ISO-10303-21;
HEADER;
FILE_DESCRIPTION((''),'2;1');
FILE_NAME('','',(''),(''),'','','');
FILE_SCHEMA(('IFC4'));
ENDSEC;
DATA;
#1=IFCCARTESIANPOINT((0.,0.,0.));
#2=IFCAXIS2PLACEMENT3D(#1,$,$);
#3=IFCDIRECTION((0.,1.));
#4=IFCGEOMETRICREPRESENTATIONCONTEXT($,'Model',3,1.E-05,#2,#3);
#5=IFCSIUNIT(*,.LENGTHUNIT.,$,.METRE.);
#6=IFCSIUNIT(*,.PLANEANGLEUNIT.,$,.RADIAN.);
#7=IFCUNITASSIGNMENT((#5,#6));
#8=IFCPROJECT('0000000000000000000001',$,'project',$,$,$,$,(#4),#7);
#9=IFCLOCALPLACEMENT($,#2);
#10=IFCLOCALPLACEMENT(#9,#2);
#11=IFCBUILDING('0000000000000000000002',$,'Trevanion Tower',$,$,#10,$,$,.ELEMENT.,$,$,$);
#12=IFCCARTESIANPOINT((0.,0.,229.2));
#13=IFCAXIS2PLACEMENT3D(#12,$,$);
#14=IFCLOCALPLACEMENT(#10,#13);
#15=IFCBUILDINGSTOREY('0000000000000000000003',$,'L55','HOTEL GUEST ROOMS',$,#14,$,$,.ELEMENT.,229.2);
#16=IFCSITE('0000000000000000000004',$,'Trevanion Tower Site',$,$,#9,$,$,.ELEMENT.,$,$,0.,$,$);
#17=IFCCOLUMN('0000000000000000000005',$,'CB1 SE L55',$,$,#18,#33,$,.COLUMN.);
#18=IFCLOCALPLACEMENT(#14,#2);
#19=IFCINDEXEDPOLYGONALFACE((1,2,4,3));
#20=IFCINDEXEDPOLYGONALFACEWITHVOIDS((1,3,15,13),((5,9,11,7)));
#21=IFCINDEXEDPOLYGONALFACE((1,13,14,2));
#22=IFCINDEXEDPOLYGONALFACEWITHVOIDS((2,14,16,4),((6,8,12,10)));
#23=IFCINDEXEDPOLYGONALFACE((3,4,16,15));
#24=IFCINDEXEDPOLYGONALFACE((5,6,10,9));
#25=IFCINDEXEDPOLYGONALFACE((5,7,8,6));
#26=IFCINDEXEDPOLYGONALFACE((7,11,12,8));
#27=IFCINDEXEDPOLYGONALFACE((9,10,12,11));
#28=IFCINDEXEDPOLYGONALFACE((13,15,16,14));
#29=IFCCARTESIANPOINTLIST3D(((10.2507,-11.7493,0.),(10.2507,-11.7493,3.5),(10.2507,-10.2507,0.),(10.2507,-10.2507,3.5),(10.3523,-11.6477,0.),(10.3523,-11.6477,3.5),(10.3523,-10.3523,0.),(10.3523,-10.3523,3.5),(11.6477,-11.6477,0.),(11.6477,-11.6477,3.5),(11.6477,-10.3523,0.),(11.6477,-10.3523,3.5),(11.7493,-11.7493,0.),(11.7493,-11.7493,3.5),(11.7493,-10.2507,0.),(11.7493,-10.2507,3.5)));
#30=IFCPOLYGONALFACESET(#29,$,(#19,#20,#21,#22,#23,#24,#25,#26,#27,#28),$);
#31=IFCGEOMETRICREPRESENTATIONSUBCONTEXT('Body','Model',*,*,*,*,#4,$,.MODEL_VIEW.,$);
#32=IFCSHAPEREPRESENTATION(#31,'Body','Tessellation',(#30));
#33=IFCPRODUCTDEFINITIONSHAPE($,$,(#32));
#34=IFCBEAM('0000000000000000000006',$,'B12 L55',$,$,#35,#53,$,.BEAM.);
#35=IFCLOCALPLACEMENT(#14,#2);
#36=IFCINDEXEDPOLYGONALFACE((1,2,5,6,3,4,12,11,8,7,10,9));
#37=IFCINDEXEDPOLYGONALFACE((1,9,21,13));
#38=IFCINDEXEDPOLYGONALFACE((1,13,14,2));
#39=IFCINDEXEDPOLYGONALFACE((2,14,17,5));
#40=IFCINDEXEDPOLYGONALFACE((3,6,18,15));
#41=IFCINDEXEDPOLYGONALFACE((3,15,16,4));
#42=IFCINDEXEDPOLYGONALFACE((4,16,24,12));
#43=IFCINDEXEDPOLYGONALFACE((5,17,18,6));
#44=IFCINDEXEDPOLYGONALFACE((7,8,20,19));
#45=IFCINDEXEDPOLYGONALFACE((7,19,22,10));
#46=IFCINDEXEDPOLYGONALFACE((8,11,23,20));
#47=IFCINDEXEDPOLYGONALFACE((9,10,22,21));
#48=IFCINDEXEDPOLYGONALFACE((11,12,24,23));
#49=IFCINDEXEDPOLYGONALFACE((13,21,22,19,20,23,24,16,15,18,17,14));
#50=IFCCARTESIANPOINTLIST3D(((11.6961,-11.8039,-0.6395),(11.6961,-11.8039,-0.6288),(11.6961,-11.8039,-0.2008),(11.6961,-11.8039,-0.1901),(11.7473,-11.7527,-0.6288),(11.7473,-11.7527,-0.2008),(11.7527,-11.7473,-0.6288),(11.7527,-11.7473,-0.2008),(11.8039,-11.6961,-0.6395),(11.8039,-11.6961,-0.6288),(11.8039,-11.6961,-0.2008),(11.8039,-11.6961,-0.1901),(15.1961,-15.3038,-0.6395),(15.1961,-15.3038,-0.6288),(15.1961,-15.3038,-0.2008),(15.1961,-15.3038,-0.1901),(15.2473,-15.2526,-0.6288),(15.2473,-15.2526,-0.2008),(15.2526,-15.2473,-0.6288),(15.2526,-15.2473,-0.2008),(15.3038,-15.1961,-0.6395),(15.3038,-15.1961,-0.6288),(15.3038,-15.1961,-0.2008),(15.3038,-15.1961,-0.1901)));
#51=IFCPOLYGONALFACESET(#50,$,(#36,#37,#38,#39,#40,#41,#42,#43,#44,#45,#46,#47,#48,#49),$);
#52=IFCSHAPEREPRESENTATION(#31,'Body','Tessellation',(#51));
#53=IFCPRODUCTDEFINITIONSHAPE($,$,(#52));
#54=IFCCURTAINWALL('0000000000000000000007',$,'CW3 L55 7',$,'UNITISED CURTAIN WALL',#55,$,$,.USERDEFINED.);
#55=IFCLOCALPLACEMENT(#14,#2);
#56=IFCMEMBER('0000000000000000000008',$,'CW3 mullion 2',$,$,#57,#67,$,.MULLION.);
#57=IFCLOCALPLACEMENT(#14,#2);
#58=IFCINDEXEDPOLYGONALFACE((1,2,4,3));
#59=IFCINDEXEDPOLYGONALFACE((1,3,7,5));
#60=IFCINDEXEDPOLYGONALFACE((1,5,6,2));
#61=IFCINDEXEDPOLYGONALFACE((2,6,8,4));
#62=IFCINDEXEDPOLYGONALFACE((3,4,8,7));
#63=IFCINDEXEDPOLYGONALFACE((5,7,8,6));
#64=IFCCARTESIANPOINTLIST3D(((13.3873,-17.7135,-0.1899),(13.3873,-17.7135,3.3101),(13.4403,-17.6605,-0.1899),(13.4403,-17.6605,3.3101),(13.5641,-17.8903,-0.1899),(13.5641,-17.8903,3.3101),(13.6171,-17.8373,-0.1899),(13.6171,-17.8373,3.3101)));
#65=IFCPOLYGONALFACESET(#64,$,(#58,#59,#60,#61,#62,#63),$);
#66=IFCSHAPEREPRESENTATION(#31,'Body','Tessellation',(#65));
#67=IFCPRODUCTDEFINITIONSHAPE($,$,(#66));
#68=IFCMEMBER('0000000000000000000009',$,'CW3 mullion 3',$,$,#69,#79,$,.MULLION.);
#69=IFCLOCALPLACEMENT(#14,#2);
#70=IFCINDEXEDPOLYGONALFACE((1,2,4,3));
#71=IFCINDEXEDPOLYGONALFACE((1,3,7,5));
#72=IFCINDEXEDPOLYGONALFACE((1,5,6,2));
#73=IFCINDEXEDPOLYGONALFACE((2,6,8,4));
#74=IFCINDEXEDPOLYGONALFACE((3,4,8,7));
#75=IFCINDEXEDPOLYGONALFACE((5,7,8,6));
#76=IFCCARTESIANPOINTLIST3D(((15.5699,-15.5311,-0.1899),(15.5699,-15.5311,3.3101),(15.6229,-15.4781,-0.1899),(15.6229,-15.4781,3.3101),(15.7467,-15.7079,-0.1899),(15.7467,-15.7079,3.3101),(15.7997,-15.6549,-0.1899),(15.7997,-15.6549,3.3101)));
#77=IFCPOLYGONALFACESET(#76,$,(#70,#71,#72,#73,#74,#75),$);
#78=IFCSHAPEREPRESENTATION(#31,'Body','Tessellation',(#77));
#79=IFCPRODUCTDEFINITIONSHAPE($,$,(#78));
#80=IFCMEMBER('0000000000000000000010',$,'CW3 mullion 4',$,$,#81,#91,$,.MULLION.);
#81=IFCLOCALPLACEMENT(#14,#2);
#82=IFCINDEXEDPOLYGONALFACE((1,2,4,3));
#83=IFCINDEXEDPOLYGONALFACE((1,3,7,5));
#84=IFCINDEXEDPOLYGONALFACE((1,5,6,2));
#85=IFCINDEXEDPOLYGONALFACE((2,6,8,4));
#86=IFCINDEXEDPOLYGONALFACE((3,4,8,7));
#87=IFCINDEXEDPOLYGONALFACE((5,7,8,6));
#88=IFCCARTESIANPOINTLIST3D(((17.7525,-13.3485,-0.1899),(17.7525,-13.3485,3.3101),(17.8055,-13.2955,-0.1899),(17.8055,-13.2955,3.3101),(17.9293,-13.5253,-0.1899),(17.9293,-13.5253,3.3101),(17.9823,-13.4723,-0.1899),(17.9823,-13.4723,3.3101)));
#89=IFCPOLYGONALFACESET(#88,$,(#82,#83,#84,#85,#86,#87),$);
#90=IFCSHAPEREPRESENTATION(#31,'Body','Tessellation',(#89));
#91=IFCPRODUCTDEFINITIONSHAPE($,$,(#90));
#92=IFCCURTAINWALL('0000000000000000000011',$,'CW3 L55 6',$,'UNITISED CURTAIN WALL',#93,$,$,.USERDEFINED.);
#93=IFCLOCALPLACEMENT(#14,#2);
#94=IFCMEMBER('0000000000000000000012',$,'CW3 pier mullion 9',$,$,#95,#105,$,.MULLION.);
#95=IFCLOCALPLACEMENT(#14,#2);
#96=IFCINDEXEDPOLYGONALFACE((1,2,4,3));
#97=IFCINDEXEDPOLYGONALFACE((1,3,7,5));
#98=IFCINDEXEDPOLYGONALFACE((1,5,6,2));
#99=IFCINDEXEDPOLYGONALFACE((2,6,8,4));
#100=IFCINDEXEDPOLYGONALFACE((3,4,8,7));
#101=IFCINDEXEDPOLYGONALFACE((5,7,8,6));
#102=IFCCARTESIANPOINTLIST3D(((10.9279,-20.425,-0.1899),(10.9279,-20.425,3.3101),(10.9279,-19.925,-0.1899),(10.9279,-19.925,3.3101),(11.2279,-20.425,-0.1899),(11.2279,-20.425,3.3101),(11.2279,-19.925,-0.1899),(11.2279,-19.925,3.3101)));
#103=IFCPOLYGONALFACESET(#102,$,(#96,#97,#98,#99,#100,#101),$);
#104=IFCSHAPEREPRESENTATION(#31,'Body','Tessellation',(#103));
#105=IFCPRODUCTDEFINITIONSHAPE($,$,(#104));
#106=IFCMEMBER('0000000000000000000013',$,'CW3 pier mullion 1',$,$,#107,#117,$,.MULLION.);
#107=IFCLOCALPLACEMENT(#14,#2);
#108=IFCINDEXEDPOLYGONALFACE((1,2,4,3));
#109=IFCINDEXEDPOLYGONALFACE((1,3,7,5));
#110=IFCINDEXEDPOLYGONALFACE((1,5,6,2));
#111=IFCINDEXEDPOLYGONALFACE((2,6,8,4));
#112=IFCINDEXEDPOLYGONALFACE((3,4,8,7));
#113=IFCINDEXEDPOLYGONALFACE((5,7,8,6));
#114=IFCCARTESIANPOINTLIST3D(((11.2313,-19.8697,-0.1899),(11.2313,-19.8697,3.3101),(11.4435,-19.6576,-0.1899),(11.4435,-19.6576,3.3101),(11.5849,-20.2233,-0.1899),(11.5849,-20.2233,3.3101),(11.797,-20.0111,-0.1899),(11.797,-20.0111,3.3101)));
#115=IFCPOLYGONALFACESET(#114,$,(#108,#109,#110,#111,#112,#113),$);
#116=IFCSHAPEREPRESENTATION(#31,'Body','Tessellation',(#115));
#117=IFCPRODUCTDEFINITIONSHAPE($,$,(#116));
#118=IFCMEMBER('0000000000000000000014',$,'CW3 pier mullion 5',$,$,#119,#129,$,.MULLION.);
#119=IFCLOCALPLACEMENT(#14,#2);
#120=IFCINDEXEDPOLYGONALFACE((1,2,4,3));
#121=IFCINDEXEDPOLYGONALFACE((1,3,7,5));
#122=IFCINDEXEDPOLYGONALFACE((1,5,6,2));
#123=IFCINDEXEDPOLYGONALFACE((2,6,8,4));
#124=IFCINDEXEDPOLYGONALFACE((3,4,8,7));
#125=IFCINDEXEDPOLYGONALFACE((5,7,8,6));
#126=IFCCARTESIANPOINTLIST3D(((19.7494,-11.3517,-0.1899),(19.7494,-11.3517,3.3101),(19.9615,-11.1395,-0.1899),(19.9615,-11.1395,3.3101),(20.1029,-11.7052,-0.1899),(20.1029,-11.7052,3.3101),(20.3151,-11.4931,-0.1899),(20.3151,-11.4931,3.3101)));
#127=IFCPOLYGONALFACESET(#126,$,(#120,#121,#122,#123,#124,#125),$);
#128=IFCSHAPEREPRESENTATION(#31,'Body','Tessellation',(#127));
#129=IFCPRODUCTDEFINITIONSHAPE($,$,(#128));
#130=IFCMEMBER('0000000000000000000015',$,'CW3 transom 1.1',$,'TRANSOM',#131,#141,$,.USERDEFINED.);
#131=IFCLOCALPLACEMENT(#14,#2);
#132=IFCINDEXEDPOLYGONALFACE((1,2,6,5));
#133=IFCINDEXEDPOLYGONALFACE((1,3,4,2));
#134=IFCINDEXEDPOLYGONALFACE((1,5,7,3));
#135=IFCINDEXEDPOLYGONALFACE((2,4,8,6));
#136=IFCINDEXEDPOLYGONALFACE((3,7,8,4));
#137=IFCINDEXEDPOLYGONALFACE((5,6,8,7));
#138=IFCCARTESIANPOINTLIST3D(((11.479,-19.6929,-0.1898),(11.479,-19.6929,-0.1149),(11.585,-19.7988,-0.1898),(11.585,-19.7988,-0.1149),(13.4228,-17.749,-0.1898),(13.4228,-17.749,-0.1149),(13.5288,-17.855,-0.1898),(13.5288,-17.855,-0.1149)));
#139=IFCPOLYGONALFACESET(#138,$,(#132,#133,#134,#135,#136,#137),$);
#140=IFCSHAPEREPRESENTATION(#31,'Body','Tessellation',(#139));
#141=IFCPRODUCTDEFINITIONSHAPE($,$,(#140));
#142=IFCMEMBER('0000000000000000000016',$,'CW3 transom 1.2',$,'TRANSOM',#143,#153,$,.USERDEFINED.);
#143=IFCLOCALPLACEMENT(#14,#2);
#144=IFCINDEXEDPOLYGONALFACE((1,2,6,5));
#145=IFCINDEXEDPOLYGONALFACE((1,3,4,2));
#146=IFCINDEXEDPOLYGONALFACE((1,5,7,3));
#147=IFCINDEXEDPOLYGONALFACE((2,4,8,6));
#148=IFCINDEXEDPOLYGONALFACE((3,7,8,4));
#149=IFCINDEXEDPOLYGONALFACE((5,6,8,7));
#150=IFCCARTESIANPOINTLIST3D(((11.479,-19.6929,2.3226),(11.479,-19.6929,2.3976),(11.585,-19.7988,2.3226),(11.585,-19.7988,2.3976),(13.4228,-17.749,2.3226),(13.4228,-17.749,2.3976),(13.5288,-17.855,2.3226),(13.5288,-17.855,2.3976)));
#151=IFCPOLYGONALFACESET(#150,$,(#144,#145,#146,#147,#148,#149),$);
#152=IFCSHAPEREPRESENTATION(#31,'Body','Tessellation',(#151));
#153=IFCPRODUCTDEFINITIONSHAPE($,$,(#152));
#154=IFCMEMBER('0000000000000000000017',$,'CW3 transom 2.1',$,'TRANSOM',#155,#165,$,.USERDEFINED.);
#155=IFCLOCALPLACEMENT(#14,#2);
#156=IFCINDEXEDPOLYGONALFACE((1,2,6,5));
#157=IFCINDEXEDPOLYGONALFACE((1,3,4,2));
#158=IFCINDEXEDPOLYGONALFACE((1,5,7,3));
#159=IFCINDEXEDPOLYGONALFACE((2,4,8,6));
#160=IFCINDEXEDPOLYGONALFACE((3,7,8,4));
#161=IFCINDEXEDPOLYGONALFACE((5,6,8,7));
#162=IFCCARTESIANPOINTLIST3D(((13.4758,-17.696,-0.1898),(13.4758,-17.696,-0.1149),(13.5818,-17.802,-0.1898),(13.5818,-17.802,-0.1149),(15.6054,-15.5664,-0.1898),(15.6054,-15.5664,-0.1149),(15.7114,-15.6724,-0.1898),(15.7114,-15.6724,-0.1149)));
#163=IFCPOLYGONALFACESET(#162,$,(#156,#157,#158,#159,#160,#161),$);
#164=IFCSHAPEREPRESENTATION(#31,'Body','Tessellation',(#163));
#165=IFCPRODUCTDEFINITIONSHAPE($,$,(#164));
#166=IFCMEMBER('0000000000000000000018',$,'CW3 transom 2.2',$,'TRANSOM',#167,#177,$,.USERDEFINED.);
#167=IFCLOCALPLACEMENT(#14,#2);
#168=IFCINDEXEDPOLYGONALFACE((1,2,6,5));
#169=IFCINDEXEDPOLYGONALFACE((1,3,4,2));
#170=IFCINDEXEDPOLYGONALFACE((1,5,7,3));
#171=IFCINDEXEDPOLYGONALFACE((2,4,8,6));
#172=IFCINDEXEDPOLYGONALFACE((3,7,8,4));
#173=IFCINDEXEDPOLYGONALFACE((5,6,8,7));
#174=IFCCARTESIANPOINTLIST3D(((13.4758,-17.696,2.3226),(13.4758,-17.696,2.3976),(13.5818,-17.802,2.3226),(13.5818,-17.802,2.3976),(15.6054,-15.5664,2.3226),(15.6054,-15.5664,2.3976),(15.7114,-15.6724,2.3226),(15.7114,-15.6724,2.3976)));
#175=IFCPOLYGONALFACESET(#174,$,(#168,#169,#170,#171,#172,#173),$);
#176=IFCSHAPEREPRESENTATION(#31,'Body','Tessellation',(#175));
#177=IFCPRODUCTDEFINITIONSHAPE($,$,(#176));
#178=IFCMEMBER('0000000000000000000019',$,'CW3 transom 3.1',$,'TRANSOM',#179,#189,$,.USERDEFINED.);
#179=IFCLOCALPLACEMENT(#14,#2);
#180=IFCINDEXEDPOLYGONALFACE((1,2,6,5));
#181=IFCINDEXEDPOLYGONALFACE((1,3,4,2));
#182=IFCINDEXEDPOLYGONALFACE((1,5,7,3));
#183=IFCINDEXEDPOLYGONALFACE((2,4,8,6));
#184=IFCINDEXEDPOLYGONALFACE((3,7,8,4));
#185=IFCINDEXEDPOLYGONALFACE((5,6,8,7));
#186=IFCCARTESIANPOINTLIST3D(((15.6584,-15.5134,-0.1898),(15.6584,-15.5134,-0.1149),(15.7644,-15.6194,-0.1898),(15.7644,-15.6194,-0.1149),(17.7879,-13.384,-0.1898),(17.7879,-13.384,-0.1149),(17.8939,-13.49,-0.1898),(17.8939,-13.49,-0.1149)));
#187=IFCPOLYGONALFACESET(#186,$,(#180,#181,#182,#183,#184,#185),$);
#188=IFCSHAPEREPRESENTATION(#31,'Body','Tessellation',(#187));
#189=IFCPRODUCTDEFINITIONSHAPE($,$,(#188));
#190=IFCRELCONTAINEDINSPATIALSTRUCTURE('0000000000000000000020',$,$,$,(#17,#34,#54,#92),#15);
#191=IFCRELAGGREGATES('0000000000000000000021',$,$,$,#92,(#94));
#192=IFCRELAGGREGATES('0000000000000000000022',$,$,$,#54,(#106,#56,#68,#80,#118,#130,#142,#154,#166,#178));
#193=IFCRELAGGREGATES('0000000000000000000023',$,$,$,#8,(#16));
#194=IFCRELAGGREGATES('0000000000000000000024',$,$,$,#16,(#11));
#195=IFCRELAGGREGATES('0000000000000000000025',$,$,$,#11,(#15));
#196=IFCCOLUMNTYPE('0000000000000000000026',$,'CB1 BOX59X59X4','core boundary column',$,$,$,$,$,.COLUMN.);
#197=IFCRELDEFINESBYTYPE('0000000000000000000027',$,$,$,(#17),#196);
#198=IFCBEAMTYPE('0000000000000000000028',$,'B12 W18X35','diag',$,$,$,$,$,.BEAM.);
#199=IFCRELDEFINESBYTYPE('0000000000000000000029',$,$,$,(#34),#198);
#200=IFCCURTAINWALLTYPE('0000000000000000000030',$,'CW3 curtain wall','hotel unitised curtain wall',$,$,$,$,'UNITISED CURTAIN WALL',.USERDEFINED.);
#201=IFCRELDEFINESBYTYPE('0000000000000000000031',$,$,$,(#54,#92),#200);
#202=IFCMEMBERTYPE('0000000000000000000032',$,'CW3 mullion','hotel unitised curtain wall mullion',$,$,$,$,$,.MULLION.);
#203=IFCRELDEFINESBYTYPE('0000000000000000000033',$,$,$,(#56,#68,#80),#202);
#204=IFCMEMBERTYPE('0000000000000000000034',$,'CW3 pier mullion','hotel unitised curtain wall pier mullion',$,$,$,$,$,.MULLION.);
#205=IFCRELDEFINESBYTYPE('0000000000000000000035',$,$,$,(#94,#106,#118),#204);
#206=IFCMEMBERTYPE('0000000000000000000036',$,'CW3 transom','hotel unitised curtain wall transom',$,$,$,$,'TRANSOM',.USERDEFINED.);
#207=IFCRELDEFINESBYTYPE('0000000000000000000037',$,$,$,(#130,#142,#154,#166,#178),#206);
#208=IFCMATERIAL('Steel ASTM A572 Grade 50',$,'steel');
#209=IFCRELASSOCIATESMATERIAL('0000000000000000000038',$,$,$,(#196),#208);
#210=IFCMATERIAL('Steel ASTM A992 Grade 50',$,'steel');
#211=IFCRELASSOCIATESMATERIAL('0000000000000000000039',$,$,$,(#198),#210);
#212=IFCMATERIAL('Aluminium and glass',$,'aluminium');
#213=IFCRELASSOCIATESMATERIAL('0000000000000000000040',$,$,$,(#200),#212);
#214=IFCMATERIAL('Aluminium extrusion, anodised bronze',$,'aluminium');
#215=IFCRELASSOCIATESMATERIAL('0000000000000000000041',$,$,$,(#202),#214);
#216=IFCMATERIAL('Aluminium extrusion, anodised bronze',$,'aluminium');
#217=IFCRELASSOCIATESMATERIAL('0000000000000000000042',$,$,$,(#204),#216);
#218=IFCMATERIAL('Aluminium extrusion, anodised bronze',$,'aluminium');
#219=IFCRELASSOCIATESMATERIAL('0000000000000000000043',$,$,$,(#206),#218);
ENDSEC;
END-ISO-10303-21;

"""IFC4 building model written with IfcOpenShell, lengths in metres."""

from ifc_helpers import new_model, si_unit, direction, frame, origin, origin_2d, place, context, subcontext, project, spatial, rectangle, hollow_rectangle, i_section, extrude, material, material_profile, profile_set, type_object, element, aggregate, save


model = new_model("IFC4")

# Units and contexts
model_context = context("Model", 3, precision=1e-05, world=origin(), true_north=direction((0.0, 1.0)))
body_context = subcontext(model_context, "Body", "Model", "MODEL_VIEW")
ifc_project = project(units=[si_unit("LENGTHUNIT", "METRE"), si_unit("PLANEANGLEUNIT", "RADIAN")], contexts=[model_context])

# Site, building, storey
site_placement = place(None, origin())
site = spatial("IfcSite", under=ifc_project, at=site_placement, Name="Trevanion Tower Site", CompositionType="ELEMENT", RefElevation=0.0)
building_placement = place(site_placement, origin())
building = spatial("IfcBuilding", under=site, at=building_placement, Name="Trevanion Tower", CompositionType="ELEMENT")
storey_placement = place(building_placement, frame((0.0, 0.0, 229.2)))
storey = spatial("IfcBuildingStorey", under=building, at=storey_placement, Name="L55", Description="HOTEL GUEST ROOMS", CompositionType="ELEMENT", Elevation=229.2)

# Column
ifc_material_1 = material(Name="Steel ASTM A572 Grade 50", Category="steel")
ifc_material_profile_1 = material_profile(ifc_material_1, hollow_rectangle(XDim=1.4985, YDim=1.4985, WallThickness=0.1016, at=origin_2d()), Name="BOX59X59X4")
ifc_profile_set_1 = profile_set([ifc_material_profile_1], Name="Steel ASTM A572 Grade 50")
column_type = type_object("IfcColumnType", Name="CB1 BOX59X59X4", Description="core boundary column", PredefinedType="COLUMN", material=ifc_profile_set_1)
column_placement = place(storey_placement, frame((11.0, -11.0, 0.0), z_axis=(0.0, 0.0, 1.0), x_axis=(1.0, 0.0, 0.0)))
element("IfcColumn", 1, at=column_placement, inside=storey, type_object=column_type, Name="CB1 SE L55", PredefinedType="COLUMN", context=body_context, shape_type="SweptSolid", body=[
    extrude(hollow_rectangle(XDim=1.4985, YDim=1.4985, WallThickness=0.1016, at=origin_2d()), origin(), (0.0, 0.0, 1.0), 3.5),
])

# Beam
ifc_material_2 = material(Name="Steel ASTM A992 Grade 50", Category="steel")
ifc_material_profile_2 = material_profile(ifc_material_2, i_section(OverallWidth=0.1523, OverallDepth=0.4495, WebThickness=0.0076, FlangeThickness=0.0107, at=origin_2d()), Name="W18X35")
ifc_profile_set_2 = profile_set([ifc_material_profile_2], Name="Steel ASTM A992 Grade 50")
beam_type_1 = type_object("IfcBeamType", Name="B12 W18X35", Description="diag", PredefinedType="BEAM", material=ifc_profile_set_2)
beam_1_placement = place(storey_placement, frame((11.75, -11.75, -0.4148), z_axis=(0.707107, -0.707107, 0.0), x_axis=(0.707107, 0.707107, 0.0)))
element("IfcBeam", 2, at=beam_1_placement, inside=storey, type_object=beam_type_1, Name="B12 L55", PredefinedType="BEAM", context=body_context, shape_type="SweptSolid", body=[
    extrude(i_section(OverallWidth=0.1523, OverallDepth=0.4495, WebThickness=0.0076, FlangeThickness=0.0107, at=origin_2d()), origin(), (0.0, 0.0, 1.0), 4.9497),
])

# Curtain wall, members
ifc_material_3 = material(Name="Aluminium and glass", Category="aluminium")
curtain_wall_type = type_object("IfcCurtainWallType", Name="CW3 curtain wall", Description="hotel unitised curtain wall", ElementType="UNITISED CURTAIN WALL", PredefinedType="USERDEFINED", material=ifc_material_3)
curtain_wall_1_placement = place(storey_placement, origin())
curtain_wall_1 = element("IfcCurtainWall", 3, at=curtain_wall_1_placement, inside=storey, type_object=curtain_wall_type, Name="CW3 L55 7", ObjectType="UNITISED CURTAIN WALL", PredefinedType="USERDEFINED")
ifc_material_4 = material(Name="Aluminium extrusion, anodised bronze", Category="aluminium")
ifc_material_profile_3 = material_profile(ifc_material_4, rectangle(XDim=0.075, YDim=0.25, at=origin_2d()), Name="CW3 mullion")
ifc_profile_set_3 = profile_set([ifc_material_profile_3], Name="Aluminium extrusion, anodised bronze")
member_type_1 = type_object("IfcMemberType", Name="CW3 mullion", Description="hotel unitised curtain wall mullion", PredefinedType="MULLION", material=ifc_profile_set_3)
member_1_placement = place(storey_placement, frame((13.5022, -17.7754, -0.1899), z_axis=(0.0, 0.0, 1.0), x_axis=(0.707107, 0.707107, 0.0)))
member_1 = element("IfcMember", 4, at=member_1_placement, type_object=member_type_1, Name="CW3 mullion 2", PredefinedType="MULLION", context=body_context, shape_type="SweptSolid", body=[
    extrude(rectangle(XDim=0.075, YDim=0.25, at=origin_2d()), origin(), (0.0, 0.0, 1.0), 3.5),
])
member_2_placement = place(storey_placement, frame((15.6848, -15.593, -0.1899), z_axis=(0.0, 0.0, 1.0), x_axis=(0.707107, 0.707107, 0.0)))
member_2 = element("IfcMember", 5, at=member_2_placement, type_object=member_type_1, Name="CW3 mullion 3", PredefinedType="MULLION", context=body_context, shape_type="SweptSolid", body=[
    extrude(rectangle(XDim=0.075, YDim=0.25, at=origin_2d()), origin(), (0.0, 0.0, 1.0), 3.5),
])
member_3_placement = place(storey_placement, frame((17.8674, -13.4104, -0.1899), z_axis=(0.0, 0.0, 1.0), x_axis=(0.707107, 0.707107, 0.0)))
member_3 = element("IfcMember", 6, at=member_3_placement, type_object=member_type_1, Name="CW3 mullion 4", PredefinedType="MULLION", context=body_context, shape_type="SweptSolid", body=[
    extrude(rectangle(XDim=0.075, YDim=0.25, at=origin_2d()), origin(), (0.0, 0.0, 1.0), 3.5),
])

# Curtain wall, member
curtain_wall_2_placement = place(storey_placement, origin())
curtain_wall_2 = element("IfcCurtainWall", 7, at=curtain_wall_2_placement, inside=storey, type_object=curtain_wall_type, Name="CW3 L55 6", ObjectType="UNITISED CURTAIN WALL", PredefinedType="USERDEFINED")
ifc_material_5 = material(Name="Aluminium extrusion, anodised bronze", Category="aluminium")
ifc_material_profile_4 = material_profile(ifc_material_5, rectangle(XDim=0.3, YDim=0.5, at=origin_2d()), Name="CW3 pier mullion")
ifc_profile_set_4 = profile_set([ifc_material_profile_4], Name="Aluminium extrusion, anodised bronze")
member_type_2 = type_object("IfcMemberType", Name="CW3 pier mullion", Description="hotel unitised curtain wall pier mullion", PredefinedType="MULLION", material=ifc_profile_set_4)
member_4_placement = place(storey_placement, frame((11.0779, -20.175, -0.1899), z_axis=(0.0, 0.0, 1.0), x_axis=(1.0, 0.0, 0.0)))
member_4 = element("IfcMember", 8, at=member_4_placement, type_object=member_type_2, Name="CW3 pier mullion 9", PredefinedType="MULLION", context=body_context, shape_type="SweptSolid", body=[
    extrude(rectangle(XDim=0.3, YDim=0.5, at=origin_2d()), origin(), (0.0, 0.0, 1.0), 3.5),
])
aggregate(curtain_wall_2, [member_4])

# Members
member_5_placement = place(storey_placement, frame((11.5142, -19.9404, -0.1899), z_axis=(0.0, 0.0, 1.0), x_axis=(0.707107, 0.707107, 0.0)))
member_5 = element("IfcMember", 9, at=member_5_placement, type_object=member_type_2, Name="CW3 pier mullion 1", PredefinedType="MULLION", context=body_context, shape_type="SweptSolid", body=[
    extrude(rectangle(XDim=0.3, YDim=0.5, at=origin_2d()), origin(), (0.0, 0.0, 1.0), 3.5),
])
member_6_placement = place(storey_placement, frame((20.0322, -11.4224, -0.1899), z_axis=(0.0, 0.0, 1.0), x_axis=(0.707107, 0.707107, 0.0)))
member_6 = element("IfcMember", 10, at=member_6_placement, type_object=member_type_2, Name="CW3 pier mullion 5", PredefinedType="MULLION", context=body_context, shape_type="SweptSolid", body=[
    extrude(rectangle(XDim=0.3, YDim=0.5, at=origin_2d()), origin(), (0.0, 0.0, 1.0), 3.5),
])
ifc_material_6 = material(Name="Aluminium extrusion, anodised bronze", Category="aluminium")
ifc_material_profile_5 = material_profile(ifc_material_6, rectangle(XDim=0.1499, YDim=0.075, at=origin_2d()), Name="CW3 transom")
ifc_profile_set_5 = profile_set([ifc_material_profile_5], Name="Aluminium extrusion, anodised bronze")
member_type_3 = type_object("IfcMemberType", Name="CW3 transom", Description="hotel unitised curtain wall transom", ElementType="TRANSOM", PredefinedType="USERDEFINED", material=ifc_profile_set_5)
member_7_placement = place(storey_placement, frame((11.532, -19.7458, -0.1523), z_axis=(0.707107, 0.707107, 0.0), x_axis=(-0.707107, 0.707107, 0.0)))
member_7 = element("IfcMember", 11, at=member_7_placement, type_object=member_type_3, Name="CW3 transom 1.1", ObjectType="TRANSOM", PredefinedType="USERDEFINED", context=body_context, shape_type="SweptSolid", body=[
    extrude(rectangle(XDim=0.1499, YDim=0.075, at=origin_2d()), origin(), (0.0, 0.0, 1.0), 2.749),
])
member_8_placement = place(storey_placement, frame((11.532, -19.7458, 2.3601), z_axis=(0.707107, 0.707107, 0.0), x_axis=(-0.707107, 0.707107, 0.0)))
member_8 = element("IfcMember", 12, at=member_8_placement, type_object=member_type_3, Name="CW3 transom 1.2", ObjectType="TRANSOM", PredefinedType="USERDEFINED", context=body_context, shape_type="SweptSolid", body=[
    extrude(rectangle(XDim=0.1499, YDim=0.075, at=origin_2d()), origin(), (0.0, 0.0, 1.0), 2.749),
])
member_9_placement = place(storey_placement, frame((13.5288, -17.749, -0.1523), z_axis=(0.707107, 0.707107, 0.0), x_axis=(-0.707107, 0.707107, 0.0)))
member_9 = element("IfcMember", 13, at=member_9_placement, type_object=member_type_3, Name="CW3 transom 2.1", ObjectType="TRANSOM", PredefinedType="USERDEFINED", context=body_context, shape_type="SweptSolid", body=[
    extrude(rectangle(XDim=0.1499, YDim=0.075, at=origin_2d()), origin(), (0.0, 0.0, 1.0), 3.0117),
])
member_10_placement = place(storey_placement, frame((13.5288, -17.749, 2.3601), z_axis=(0.707107, 0.707107, 0.0), x_axis=(-0.707107, 0.707107, 0.0)))
member_10 = element("IfcMember", 14, at=member_10_placement, type_object=member_type_3, Name="CW3 transom 2.2", ObjectType="TRANSOM", PredefinedType="USERDEFINED", context=body_context, shape_type="SweptSolid", body=[
    extrude(rectangle(XDim=0.1499, YDim=0.075, at=origin_2d()), origin(), (0.0, 0.0, 1.0), 3.0117),
])
member_11_placement = place(storey_placement, frame((15.7114, -15.5664, -0.1523), z_axis=(0.707107, 0.707107, 0.0), x_axis=(-0.707107, 0.707107, 0.0)))
member_11 = element("IfcMember", 15, at=member_11_placement, type_object=member_type_3, Name="CW3 transom 3.1", ObjectType="TRANSOM", PredefinedType="USERDEFINED", context=body_context, shape_type="SweptSolid", body=[
    extrude(rectangle(XDim=0.1499, YDim=0.075, at=origin_2d()), origin(), (0.0, 0.0, 1.0), 3.0115),
])

aggregate(curtain_wall_1, [member_5, member_1, member_2, member_3, member_6, member_7, member_8, member_9, member_10, member_11])

save(model, "model.ifc")
